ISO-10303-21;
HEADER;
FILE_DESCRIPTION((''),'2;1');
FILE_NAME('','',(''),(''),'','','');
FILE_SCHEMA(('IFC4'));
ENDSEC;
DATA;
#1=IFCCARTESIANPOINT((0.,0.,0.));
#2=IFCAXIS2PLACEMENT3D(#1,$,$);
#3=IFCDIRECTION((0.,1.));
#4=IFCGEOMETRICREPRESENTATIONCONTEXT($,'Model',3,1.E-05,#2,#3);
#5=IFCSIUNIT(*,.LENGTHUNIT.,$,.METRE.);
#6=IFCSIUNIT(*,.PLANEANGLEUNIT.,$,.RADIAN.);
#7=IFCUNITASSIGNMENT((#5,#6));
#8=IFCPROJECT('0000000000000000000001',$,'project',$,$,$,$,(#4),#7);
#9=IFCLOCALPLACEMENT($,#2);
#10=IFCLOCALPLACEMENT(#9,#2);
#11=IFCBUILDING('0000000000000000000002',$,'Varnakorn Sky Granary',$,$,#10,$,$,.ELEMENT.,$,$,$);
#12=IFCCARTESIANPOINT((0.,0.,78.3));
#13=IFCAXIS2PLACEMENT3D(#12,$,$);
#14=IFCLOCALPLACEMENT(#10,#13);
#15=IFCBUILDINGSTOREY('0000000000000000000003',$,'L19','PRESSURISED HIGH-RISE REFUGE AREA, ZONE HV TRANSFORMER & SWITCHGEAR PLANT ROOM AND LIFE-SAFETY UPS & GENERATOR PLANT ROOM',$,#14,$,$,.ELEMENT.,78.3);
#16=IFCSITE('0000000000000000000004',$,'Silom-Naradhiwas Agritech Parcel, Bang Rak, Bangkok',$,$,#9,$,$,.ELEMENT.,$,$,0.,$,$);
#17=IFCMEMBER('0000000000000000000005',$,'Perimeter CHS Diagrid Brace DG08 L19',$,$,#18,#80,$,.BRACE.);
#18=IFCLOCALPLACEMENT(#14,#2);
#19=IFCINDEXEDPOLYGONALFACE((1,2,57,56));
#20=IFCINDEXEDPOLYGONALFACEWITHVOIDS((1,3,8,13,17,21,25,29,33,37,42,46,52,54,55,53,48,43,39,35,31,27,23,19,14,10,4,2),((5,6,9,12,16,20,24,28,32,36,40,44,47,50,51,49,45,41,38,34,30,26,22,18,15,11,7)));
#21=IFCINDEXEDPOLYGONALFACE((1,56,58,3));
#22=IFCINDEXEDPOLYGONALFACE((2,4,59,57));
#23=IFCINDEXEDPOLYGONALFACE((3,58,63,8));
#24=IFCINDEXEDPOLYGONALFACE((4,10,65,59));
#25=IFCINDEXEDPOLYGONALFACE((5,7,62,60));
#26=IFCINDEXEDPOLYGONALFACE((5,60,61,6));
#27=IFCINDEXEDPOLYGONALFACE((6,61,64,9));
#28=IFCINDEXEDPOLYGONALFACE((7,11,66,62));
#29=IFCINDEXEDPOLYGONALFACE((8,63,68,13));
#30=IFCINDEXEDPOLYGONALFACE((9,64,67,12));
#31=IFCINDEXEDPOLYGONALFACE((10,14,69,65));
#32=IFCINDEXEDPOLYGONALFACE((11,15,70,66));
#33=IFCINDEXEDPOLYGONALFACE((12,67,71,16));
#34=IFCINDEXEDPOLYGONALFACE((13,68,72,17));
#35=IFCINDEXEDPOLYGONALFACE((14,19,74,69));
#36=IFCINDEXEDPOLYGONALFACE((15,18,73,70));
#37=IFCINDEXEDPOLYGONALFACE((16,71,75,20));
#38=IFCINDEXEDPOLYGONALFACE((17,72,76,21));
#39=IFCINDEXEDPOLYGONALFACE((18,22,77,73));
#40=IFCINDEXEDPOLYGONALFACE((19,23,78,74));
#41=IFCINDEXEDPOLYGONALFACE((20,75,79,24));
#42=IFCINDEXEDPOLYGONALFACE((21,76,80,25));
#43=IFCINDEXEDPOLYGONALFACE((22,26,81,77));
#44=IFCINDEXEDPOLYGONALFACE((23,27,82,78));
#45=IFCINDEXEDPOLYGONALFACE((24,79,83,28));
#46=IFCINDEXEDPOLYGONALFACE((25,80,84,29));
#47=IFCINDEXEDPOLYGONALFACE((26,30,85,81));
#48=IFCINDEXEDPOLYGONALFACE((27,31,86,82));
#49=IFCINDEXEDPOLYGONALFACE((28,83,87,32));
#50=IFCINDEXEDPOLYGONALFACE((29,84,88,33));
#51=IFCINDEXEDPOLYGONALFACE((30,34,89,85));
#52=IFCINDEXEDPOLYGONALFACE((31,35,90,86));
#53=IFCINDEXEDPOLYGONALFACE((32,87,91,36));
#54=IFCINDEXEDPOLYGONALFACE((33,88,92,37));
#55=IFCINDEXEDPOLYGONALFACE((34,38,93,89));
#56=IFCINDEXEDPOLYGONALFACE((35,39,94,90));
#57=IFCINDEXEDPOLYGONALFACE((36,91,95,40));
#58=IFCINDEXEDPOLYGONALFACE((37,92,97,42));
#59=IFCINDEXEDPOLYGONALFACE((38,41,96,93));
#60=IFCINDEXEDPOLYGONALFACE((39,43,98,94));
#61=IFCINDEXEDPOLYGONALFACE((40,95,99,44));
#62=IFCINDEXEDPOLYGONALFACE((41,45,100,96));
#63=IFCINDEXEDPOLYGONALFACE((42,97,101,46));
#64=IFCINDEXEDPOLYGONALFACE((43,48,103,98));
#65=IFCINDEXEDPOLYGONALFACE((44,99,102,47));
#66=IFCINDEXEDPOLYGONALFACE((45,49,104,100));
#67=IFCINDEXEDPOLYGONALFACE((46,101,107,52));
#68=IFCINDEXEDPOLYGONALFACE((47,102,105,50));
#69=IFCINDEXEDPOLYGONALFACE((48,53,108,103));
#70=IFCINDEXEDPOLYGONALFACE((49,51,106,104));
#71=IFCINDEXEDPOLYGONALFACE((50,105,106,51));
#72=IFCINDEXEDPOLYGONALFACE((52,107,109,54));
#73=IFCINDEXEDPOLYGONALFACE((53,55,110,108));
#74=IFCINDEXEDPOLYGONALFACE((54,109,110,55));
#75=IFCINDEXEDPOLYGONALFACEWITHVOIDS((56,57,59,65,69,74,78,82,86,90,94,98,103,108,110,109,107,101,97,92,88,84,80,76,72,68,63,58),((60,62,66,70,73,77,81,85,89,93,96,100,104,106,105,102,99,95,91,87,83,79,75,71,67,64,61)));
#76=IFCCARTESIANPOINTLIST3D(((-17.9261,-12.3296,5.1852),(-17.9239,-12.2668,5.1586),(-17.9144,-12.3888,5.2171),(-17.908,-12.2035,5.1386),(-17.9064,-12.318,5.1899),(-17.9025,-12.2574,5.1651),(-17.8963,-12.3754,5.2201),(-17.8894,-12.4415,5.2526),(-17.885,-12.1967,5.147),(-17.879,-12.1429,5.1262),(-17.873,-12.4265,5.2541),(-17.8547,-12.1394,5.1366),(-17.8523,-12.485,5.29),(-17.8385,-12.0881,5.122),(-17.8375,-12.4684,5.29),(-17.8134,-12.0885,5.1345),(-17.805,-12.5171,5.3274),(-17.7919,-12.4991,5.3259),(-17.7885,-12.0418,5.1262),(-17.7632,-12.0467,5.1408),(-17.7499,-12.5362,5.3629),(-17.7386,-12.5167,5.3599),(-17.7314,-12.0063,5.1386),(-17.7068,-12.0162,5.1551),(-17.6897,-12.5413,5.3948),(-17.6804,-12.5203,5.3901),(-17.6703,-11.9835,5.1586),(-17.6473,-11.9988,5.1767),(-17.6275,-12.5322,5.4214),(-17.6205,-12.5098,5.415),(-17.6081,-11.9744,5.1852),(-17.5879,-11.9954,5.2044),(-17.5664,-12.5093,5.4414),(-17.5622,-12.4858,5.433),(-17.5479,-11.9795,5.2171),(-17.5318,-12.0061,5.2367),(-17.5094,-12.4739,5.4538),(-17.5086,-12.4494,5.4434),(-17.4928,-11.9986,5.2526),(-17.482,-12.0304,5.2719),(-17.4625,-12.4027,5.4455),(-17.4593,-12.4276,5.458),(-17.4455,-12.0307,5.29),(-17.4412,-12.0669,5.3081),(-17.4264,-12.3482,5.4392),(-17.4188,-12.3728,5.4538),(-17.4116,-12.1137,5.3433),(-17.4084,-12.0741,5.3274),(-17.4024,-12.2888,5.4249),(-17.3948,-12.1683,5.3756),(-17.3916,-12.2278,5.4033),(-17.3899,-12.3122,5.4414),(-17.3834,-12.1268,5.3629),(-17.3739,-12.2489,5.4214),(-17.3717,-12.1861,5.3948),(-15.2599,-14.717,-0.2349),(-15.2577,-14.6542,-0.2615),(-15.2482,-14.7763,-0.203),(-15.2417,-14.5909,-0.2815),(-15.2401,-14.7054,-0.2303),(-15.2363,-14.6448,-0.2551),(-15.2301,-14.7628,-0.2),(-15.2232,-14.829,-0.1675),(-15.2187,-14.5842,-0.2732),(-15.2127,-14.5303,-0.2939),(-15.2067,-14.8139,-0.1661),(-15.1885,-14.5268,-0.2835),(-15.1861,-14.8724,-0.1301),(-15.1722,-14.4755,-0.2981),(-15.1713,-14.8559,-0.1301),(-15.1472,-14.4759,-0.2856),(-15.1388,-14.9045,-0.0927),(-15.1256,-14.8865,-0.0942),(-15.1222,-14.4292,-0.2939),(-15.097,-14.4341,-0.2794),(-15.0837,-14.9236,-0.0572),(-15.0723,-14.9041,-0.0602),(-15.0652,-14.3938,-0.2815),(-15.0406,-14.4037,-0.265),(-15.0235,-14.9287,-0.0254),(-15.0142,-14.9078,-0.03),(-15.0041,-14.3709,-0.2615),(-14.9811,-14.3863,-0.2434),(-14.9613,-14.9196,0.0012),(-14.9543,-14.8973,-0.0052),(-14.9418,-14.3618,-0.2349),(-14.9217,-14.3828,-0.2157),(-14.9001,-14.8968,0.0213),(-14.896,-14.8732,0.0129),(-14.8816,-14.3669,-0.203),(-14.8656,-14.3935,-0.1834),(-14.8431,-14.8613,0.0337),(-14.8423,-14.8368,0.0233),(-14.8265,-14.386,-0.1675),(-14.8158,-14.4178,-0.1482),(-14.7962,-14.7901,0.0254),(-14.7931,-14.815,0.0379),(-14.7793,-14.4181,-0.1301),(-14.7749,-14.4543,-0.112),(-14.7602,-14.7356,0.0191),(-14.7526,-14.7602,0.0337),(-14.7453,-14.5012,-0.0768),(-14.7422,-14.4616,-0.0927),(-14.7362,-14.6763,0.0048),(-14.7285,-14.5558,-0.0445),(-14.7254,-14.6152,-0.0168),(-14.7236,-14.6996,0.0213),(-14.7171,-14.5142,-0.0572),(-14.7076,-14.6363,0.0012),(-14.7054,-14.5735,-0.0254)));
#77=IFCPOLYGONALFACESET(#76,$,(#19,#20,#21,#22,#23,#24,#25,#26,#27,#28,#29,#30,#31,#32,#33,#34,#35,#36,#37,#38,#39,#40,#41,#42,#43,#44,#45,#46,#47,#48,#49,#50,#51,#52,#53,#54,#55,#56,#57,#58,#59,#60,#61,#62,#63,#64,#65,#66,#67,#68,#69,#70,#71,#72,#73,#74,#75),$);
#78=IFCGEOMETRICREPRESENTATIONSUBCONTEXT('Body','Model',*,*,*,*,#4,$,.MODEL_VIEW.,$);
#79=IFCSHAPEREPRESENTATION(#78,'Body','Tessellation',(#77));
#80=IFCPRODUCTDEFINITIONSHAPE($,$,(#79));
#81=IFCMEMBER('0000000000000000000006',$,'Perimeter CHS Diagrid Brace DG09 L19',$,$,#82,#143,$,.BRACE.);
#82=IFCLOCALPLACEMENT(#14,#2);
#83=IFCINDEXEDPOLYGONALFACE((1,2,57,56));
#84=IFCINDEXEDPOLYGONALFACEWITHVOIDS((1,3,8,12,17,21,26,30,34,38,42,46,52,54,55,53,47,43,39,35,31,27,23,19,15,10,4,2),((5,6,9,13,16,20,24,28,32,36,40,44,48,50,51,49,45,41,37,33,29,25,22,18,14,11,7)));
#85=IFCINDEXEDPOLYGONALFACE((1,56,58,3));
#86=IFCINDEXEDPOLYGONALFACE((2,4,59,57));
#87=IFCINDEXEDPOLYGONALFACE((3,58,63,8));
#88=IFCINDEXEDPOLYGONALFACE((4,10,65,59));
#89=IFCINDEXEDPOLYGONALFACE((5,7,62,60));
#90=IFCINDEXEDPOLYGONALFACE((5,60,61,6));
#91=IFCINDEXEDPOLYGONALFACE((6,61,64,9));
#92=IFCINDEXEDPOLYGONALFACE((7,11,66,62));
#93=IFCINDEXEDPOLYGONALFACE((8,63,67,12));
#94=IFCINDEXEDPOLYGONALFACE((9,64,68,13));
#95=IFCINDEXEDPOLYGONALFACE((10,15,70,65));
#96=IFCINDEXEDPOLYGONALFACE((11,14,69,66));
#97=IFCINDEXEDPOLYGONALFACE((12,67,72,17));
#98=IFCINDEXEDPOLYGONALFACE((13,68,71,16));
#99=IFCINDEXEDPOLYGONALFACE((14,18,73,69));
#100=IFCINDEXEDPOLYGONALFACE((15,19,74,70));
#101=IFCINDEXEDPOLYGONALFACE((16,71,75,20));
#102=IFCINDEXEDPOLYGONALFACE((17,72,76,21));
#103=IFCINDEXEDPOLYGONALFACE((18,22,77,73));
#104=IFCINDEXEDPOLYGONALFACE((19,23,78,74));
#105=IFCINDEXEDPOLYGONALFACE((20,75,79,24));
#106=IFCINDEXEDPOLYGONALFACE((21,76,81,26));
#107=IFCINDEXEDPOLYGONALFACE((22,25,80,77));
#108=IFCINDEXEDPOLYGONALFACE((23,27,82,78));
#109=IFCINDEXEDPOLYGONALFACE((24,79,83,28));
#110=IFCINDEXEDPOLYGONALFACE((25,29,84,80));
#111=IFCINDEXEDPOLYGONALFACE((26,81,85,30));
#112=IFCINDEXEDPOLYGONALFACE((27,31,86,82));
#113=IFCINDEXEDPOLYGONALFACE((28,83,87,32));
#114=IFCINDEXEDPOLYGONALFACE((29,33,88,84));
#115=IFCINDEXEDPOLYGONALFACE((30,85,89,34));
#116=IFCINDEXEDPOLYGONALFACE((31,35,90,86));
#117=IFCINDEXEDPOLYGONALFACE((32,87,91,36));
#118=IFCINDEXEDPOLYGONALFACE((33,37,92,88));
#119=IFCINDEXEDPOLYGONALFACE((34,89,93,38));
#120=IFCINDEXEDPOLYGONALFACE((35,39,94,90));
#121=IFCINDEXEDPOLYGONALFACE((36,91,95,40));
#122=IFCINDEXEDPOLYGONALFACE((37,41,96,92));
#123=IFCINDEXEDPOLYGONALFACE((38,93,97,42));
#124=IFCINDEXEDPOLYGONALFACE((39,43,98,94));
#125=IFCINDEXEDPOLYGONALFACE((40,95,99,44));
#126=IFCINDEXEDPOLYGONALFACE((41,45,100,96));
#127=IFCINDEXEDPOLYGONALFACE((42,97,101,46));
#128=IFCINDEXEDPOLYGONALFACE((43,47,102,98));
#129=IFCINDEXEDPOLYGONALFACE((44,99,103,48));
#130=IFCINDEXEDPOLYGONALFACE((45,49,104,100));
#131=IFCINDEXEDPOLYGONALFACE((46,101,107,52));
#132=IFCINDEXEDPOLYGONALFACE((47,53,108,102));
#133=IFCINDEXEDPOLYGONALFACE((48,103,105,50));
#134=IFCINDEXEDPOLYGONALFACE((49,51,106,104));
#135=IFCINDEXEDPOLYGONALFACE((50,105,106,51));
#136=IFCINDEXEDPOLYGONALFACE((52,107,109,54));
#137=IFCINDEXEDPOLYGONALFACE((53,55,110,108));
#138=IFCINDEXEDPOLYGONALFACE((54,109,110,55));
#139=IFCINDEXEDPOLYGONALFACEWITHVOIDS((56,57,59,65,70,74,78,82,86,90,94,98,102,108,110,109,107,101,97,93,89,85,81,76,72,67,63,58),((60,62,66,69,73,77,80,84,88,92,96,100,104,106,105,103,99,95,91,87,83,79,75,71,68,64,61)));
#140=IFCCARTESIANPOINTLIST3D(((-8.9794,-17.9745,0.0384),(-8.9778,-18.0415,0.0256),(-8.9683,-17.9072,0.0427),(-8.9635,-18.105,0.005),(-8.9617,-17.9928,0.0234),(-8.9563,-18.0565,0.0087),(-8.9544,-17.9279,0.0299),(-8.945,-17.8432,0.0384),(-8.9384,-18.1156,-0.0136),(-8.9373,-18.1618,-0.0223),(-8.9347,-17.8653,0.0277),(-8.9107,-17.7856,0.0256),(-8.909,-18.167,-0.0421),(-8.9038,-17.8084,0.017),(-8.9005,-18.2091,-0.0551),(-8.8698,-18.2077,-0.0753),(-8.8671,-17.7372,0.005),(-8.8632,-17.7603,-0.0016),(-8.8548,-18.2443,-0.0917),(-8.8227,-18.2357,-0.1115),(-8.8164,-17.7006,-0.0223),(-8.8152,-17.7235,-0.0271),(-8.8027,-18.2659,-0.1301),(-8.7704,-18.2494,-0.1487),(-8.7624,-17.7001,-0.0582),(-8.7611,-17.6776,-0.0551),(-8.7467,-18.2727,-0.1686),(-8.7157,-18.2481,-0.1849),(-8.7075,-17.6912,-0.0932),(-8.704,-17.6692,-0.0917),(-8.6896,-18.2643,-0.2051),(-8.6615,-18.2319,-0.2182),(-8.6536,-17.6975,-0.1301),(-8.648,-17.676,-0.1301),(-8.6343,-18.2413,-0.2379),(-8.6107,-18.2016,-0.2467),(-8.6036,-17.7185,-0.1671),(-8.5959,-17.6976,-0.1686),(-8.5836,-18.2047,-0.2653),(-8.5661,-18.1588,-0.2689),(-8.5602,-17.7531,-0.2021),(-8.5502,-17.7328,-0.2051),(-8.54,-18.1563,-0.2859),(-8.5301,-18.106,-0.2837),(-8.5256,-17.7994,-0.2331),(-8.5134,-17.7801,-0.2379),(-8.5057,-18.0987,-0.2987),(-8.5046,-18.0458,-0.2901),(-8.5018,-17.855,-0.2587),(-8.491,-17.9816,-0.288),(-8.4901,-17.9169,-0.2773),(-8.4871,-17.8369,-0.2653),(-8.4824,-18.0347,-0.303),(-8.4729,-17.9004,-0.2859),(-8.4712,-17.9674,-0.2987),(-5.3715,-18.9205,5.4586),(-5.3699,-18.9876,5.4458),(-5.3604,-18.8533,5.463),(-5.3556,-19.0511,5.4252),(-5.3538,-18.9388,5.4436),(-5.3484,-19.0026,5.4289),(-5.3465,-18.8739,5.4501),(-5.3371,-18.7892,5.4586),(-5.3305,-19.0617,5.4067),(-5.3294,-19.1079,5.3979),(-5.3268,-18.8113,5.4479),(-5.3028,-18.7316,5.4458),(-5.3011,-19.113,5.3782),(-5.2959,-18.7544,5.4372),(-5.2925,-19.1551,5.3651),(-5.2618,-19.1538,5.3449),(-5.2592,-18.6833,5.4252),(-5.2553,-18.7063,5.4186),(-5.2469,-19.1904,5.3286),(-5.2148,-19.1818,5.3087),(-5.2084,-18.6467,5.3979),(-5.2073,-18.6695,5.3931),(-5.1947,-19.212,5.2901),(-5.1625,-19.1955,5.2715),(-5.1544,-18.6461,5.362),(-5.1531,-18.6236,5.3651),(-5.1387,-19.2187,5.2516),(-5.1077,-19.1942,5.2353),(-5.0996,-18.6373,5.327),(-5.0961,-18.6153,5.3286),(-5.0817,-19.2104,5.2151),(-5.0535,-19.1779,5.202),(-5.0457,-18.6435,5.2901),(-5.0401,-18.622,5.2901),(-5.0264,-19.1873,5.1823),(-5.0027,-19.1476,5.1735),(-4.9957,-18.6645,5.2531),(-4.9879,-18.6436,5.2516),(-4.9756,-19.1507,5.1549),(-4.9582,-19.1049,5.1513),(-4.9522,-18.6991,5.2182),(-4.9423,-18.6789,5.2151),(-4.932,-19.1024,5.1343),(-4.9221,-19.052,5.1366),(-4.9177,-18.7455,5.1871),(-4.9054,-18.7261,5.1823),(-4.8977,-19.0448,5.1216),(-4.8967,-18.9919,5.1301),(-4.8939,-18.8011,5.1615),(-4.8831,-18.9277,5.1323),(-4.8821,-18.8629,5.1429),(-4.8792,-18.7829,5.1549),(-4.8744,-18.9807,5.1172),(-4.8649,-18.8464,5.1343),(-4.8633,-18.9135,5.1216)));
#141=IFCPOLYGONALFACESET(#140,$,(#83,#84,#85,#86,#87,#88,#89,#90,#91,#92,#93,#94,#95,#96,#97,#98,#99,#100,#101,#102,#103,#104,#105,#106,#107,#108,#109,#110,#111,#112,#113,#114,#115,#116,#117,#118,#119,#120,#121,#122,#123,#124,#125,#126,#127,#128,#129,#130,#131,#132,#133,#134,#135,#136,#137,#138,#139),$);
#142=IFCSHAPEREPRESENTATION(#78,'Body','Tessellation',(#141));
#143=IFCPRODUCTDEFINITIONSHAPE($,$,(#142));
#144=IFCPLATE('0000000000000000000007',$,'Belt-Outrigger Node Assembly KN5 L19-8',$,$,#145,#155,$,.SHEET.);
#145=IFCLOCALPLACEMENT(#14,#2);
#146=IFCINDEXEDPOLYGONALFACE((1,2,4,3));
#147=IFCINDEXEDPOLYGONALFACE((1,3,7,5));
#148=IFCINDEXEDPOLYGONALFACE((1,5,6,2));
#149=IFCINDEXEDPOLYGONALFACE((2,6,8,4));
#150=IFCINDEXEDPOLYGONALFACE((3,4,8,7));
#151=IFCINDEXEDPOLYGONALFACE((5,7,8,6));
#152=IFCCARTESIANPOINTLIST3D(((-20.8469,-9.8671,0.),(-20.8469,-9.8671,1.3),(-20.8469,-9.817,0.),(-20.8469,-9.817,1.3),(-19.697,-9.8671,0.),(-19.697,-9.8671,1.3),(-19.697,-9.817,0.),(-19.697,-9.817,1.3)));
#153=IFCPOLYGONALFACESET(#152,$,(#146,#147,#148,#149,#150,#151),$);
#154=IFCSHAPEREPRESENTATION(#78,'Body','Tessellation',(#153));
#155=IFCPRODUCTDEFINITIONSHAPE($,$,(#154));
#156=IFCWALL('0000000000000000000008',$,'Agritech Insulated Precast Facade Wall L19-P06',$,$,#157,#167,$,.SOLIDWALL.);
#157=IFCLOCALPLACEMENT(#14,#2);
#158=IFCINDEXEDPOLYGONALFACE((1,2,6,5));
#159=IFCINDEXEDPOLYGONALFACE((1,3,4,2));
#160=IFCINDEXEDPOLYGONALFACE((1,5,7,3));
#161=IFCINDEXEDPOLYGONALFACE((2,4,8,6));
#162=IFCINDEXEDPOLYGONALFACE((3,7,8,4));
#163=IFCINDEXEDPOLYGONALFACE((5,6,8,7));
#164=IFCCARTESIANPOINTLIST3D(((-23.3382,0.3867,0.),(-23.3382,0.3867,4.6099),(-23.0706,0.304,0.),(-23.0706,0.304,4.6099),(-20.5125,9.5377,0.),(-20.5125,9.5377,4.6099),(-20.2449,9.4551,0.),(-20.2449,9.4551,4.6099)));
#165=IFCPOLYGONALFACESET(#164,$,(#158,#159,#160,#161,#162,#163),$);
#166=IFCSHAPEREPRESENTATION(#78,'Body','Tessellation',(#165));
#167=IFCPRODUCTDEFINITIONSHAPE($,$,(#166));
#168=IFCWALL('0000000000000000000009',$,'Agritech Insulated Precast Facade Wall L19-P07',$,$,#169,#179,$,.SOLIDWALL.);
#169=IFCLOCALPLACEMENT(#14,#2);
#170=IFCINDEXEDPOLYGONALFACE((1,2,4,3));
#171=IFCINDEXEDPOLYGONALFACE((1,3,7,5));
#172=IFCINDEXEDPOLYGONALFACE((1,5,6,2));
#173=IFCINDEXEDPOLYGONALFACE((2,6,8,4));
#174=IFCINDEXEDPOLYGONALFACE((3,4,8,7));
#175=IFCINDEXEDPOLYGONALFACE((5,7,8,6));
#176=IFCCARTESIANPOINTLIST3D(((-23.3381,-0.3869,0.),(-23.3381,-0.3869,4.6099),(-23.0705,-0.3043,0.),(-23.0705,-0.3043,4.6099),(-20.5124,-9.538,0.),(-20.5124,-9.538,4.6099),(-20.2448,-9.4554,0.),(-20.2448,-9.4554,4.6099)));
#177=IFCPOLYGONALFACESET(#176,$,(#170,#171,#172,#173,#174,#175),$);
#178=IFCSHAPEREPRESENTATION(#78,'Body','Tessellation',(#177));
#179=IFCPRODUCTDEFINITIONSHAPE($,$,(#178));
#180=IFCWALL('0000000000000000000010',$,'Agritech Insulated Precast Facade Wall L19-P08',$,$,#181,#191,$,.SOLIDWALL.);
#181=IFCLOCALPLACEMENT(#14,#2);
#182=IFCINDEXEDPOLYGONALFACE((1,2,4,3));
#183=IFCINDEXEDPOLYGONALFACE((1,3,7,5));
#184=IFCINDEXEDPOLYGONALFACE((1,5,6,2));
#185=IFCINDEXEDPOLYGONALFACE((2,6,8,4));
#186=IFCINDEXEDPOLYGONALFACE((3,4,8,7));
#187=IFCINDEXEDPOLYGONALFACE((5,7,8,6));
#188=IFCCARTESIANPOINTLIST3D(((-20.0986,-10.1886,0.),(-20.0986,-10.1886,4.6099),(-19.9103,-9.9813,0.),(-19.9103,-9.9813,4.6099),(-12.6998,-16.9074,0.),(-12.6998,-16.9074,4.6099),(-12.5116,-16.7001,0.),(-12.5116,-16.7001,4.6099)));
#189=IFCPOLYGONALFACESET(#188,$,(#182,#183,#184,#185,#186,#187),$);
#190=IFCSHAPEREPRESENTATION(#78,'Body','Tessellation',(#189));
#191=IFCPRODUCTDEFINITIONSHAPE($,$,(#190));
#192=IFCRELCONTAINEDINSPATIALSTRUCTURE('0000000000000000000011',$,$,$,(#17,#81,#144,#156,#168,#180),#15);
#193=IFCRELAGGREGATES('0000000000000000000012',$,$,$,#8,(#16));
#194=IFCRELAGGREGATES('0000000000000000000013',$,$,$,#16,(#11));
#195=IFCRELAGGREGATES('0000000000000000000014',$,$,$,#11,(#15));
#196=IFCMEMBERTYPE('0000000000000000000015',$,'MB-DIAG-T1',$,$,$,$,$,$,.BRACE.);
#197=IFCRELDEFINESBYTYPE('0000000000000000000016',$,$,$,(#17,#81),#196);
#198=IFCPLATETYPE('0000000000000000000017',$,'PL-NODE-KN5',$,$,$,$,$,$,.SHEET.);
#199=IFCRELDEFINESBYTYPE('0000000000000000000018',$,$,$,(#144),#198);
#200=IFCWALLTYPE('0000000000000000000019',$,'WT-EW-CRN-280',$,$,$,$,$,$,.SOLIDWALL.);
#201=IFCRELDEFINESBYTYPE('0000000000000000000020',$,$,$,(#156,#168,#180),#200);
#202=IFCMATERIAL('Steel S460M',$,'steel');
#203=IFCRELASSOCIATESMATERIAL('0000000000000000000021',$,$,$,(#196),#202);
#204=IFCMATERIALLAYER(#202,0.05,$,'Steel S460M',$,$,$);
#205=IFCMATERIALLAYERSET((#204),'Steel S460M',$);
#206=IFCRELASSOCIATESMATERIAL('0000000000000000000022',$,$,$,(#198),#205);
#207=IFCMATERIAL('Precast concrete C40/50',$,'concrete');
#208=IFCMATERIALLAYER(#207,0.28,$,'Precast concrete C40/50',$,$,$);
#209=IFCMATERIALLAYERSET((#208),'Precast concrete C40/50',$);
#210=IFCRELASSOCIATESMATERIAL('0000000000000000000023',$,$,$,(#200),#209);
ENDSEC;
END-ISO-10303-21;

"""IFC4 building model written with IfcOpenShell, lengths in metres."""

from ifc_helpers import new_model, si_unit, direction, frame, frame_2d, origin, origin_2d, place, context, subcontext, project, spatial, rectangle, hollow_circle, extrude, material, layer, layer_set, material_profile, profile_set, type_object, element, save


model = new_model("IFC4")

# Units and contexts
model_context = context("Model", 3, precision=1e-05, world=origin(), true_north=direction((0.0, 1.0)))
body_context = subcontext(model_context, "Body", "Model", "MODEL_VIEW")
ifc_project = project(units=[si_unit("LENGTHUNIT", "METRE"), si_unit("PLANEANGLEUNIT", "RADIAN")], contexts=[model_context])

# Site, building, storey
site_placement = place(None, origin())
site = spatial("IfcSite", under=ifc_project, at=site_placement, Name="Silom-Naradhiwas Agritech Parcel, Bang Rak, Bangkok", CompositionType="ELEMENT", RefElevation=0.0)
building_placement = place(site_placement, origin())
building = spatial("IfcBuilding", under=site, at=building_placement, Name="Varnakorn Sky Granary", CompositionType="ELEMENT")
storey_placement = place(building_placement, frame((0.0, 0.0, 78.3)))
storey = spatial("IfcBuildingStorey", under=building, at=storey_placement, Name="L19", Description="PRESSURISED HIGH-RISE REFUGE AREA, ZONE HV TRANSFORMER & SWITCHGEAR PLANT ROOM AND LIFE-SAFETY UPS & GENERATOR PLANT ROOM", CompositionType="ELEMENT", Elevation=78.3)

# Shared definitions
ifc_material_1 = material(Name="Steel S460M", Category="steel")

# Members
ifc_material_profile_1 = material_profile(ifc_material_1, hollow_circle(Radius=0.3049, WallThickness=0.0222, at=origin_2d()), Name="CHS 610x22")
ifc_profile_set_1 = profile_set([ifc_material_profile_1], Name="Steel S460M")
member_type_1 = type_object("IfcMemberType", Name="MB-DIAG-T1", PredefinedType="BRACE", material=ifc_profile_set_1)
member_1_placement = place(storey_placement, frame((-14.9827, -14.6453, -0.1301), z_axis=(-0.4105, 0.367574, 0.834493), x_axis=(-0.667082, -0.744984, 0.0)))
element("IfcMember", 1, at=member_1_placement, inside=storey, type_object=member_type_1, Name="Perimeter CHS Diagrid Brace DG08 L19", PredefinedType="BRACE", context=body_context, shape_type="SweptSolid", body=[
    extrude(hollow_circle(Radius=0.3049, WallThickness=0.0222, at=origin_2d()), origin(), (0.0, 0.0, 1.0), 6.4951),
])
member_2_placement = place(storey_placement, frame((-8.7253, -17.9709, -0.1301), z_axis=(0.548354, -0.143786, 0.823792), x_axis=(0.253639, 0.967299, 0.0)))
element("IfcMember", 2, at=member_2_placement, inside=storey, type_object=member_type_1, Name="Perimeter CHS Diagrid Brace DG09 L19", PredefinedType="BRACE", context=body_context, shape_type="SweptSolid", body=[
    extrude(hollow_circle(Radius=0.3049, WallThickness=0.0222, at=origin_2d()), origin(), (0.0, 0.0, 1.0), 6.5796),
])

# Plate
ifc_layer_1 = layer(ifc_material_1, 0.05, Name="Steel S460M")
ifc_layer_set_1 = layer_set([ifc_layer_1], Name="Steel S460M")
plate_type = type_object("IfcPlateType", Name="PL-NODE-KN5", PredefinedType="SHEET", material=ifc_layer_set_1)
plate_placement = place(storey_placement, frame((-20.272, -9.842, 0.0), z_axis=(0.0, 0.0, 1.0), x_axis=(1.0, 0.0, 0.0)))
element("IfcPlate", 3, at=plate_placement, inside=storey, type_object=plate_type, Name="Belt-Outrigger Node Assembly KN5 L19-8", PredefinedType="SHEET", context=body_context, shape_type="SweptSolid", body=[
    extrude(rectangle(XDim=1.1499, YDim=0.05, at=origin_2d()), origin(), (0.0, 0.0, 1.0), 1.3),
])

# Walls
ifc_material_2 = material(Name="Precast concrete C40/50", Category="concrete")
ifc_layer_2 = layer(ifc_material_2, 0.28, Name="Precast concrete C40/50")
ifc_layer_set_2 = layer_set([ifc_layer_2], Name="Precast concrete C40/50")
wall_type = type_object("IfcWallType", Name="WT-EW-CRN-280", PredefinedType="SOLIDWALL", material=ifc_layer_set_2)
for number, where, z_axis, x_axis, name in (
    (4, (-23.2043, 0.3455, 0.0), (0.0, 0.0, 1.0), (0.295035, 0.955486, 0.0), "Agritech Insulated Precast Facade Wall L19-P06"),
    (5, (-20.3787, -9.4966, 0.0), (0.0, 0.0, 1.0), (-0.295035, 0.955486, 0.0), "Agritech Insulated Precast Facade Wall L19-P07"),
):
    element("IfcWall", number, at=place(storey_placement, frame(where, z_axis=z_axis, x_axis=x_axis)), inside=storey, type_object=wall_type, Name=name, PredefinedType="SOLIDWALL", context=body_context, shape_type="SweptSolid", body=[
        extrude(rectangle(XDim=9.5774, YDim=0.28, at=frame_2d((4.7886, 0.0))), origin(), (0.0, 0.0, 1.0), 4.6099),
    ])
wall_placement = place(storey_placement, frame((-12.6057, -16.8037, 0.0), z_axis=(0.0, 0.0, 1.0), x_axis=(-0.740305, 0.672271, 0.0)))
element("IfcWall", 6, at=wall_placement, inside=storey, type_object=wall_type, Name="Agritech Insulated Precast Facade Wall L19-P08", PredefinedType="SOLIDWALL", context=body_context, shape_type="SweptSolid", body=[
    extrude(rectangle(XDim=9.9941, YDim=0.28, at=frame_2d((4.9971, 0.0))), origin(), (0.0, 0.0, 1.0), 4.6099),
])

save(model, "model.ifc")
